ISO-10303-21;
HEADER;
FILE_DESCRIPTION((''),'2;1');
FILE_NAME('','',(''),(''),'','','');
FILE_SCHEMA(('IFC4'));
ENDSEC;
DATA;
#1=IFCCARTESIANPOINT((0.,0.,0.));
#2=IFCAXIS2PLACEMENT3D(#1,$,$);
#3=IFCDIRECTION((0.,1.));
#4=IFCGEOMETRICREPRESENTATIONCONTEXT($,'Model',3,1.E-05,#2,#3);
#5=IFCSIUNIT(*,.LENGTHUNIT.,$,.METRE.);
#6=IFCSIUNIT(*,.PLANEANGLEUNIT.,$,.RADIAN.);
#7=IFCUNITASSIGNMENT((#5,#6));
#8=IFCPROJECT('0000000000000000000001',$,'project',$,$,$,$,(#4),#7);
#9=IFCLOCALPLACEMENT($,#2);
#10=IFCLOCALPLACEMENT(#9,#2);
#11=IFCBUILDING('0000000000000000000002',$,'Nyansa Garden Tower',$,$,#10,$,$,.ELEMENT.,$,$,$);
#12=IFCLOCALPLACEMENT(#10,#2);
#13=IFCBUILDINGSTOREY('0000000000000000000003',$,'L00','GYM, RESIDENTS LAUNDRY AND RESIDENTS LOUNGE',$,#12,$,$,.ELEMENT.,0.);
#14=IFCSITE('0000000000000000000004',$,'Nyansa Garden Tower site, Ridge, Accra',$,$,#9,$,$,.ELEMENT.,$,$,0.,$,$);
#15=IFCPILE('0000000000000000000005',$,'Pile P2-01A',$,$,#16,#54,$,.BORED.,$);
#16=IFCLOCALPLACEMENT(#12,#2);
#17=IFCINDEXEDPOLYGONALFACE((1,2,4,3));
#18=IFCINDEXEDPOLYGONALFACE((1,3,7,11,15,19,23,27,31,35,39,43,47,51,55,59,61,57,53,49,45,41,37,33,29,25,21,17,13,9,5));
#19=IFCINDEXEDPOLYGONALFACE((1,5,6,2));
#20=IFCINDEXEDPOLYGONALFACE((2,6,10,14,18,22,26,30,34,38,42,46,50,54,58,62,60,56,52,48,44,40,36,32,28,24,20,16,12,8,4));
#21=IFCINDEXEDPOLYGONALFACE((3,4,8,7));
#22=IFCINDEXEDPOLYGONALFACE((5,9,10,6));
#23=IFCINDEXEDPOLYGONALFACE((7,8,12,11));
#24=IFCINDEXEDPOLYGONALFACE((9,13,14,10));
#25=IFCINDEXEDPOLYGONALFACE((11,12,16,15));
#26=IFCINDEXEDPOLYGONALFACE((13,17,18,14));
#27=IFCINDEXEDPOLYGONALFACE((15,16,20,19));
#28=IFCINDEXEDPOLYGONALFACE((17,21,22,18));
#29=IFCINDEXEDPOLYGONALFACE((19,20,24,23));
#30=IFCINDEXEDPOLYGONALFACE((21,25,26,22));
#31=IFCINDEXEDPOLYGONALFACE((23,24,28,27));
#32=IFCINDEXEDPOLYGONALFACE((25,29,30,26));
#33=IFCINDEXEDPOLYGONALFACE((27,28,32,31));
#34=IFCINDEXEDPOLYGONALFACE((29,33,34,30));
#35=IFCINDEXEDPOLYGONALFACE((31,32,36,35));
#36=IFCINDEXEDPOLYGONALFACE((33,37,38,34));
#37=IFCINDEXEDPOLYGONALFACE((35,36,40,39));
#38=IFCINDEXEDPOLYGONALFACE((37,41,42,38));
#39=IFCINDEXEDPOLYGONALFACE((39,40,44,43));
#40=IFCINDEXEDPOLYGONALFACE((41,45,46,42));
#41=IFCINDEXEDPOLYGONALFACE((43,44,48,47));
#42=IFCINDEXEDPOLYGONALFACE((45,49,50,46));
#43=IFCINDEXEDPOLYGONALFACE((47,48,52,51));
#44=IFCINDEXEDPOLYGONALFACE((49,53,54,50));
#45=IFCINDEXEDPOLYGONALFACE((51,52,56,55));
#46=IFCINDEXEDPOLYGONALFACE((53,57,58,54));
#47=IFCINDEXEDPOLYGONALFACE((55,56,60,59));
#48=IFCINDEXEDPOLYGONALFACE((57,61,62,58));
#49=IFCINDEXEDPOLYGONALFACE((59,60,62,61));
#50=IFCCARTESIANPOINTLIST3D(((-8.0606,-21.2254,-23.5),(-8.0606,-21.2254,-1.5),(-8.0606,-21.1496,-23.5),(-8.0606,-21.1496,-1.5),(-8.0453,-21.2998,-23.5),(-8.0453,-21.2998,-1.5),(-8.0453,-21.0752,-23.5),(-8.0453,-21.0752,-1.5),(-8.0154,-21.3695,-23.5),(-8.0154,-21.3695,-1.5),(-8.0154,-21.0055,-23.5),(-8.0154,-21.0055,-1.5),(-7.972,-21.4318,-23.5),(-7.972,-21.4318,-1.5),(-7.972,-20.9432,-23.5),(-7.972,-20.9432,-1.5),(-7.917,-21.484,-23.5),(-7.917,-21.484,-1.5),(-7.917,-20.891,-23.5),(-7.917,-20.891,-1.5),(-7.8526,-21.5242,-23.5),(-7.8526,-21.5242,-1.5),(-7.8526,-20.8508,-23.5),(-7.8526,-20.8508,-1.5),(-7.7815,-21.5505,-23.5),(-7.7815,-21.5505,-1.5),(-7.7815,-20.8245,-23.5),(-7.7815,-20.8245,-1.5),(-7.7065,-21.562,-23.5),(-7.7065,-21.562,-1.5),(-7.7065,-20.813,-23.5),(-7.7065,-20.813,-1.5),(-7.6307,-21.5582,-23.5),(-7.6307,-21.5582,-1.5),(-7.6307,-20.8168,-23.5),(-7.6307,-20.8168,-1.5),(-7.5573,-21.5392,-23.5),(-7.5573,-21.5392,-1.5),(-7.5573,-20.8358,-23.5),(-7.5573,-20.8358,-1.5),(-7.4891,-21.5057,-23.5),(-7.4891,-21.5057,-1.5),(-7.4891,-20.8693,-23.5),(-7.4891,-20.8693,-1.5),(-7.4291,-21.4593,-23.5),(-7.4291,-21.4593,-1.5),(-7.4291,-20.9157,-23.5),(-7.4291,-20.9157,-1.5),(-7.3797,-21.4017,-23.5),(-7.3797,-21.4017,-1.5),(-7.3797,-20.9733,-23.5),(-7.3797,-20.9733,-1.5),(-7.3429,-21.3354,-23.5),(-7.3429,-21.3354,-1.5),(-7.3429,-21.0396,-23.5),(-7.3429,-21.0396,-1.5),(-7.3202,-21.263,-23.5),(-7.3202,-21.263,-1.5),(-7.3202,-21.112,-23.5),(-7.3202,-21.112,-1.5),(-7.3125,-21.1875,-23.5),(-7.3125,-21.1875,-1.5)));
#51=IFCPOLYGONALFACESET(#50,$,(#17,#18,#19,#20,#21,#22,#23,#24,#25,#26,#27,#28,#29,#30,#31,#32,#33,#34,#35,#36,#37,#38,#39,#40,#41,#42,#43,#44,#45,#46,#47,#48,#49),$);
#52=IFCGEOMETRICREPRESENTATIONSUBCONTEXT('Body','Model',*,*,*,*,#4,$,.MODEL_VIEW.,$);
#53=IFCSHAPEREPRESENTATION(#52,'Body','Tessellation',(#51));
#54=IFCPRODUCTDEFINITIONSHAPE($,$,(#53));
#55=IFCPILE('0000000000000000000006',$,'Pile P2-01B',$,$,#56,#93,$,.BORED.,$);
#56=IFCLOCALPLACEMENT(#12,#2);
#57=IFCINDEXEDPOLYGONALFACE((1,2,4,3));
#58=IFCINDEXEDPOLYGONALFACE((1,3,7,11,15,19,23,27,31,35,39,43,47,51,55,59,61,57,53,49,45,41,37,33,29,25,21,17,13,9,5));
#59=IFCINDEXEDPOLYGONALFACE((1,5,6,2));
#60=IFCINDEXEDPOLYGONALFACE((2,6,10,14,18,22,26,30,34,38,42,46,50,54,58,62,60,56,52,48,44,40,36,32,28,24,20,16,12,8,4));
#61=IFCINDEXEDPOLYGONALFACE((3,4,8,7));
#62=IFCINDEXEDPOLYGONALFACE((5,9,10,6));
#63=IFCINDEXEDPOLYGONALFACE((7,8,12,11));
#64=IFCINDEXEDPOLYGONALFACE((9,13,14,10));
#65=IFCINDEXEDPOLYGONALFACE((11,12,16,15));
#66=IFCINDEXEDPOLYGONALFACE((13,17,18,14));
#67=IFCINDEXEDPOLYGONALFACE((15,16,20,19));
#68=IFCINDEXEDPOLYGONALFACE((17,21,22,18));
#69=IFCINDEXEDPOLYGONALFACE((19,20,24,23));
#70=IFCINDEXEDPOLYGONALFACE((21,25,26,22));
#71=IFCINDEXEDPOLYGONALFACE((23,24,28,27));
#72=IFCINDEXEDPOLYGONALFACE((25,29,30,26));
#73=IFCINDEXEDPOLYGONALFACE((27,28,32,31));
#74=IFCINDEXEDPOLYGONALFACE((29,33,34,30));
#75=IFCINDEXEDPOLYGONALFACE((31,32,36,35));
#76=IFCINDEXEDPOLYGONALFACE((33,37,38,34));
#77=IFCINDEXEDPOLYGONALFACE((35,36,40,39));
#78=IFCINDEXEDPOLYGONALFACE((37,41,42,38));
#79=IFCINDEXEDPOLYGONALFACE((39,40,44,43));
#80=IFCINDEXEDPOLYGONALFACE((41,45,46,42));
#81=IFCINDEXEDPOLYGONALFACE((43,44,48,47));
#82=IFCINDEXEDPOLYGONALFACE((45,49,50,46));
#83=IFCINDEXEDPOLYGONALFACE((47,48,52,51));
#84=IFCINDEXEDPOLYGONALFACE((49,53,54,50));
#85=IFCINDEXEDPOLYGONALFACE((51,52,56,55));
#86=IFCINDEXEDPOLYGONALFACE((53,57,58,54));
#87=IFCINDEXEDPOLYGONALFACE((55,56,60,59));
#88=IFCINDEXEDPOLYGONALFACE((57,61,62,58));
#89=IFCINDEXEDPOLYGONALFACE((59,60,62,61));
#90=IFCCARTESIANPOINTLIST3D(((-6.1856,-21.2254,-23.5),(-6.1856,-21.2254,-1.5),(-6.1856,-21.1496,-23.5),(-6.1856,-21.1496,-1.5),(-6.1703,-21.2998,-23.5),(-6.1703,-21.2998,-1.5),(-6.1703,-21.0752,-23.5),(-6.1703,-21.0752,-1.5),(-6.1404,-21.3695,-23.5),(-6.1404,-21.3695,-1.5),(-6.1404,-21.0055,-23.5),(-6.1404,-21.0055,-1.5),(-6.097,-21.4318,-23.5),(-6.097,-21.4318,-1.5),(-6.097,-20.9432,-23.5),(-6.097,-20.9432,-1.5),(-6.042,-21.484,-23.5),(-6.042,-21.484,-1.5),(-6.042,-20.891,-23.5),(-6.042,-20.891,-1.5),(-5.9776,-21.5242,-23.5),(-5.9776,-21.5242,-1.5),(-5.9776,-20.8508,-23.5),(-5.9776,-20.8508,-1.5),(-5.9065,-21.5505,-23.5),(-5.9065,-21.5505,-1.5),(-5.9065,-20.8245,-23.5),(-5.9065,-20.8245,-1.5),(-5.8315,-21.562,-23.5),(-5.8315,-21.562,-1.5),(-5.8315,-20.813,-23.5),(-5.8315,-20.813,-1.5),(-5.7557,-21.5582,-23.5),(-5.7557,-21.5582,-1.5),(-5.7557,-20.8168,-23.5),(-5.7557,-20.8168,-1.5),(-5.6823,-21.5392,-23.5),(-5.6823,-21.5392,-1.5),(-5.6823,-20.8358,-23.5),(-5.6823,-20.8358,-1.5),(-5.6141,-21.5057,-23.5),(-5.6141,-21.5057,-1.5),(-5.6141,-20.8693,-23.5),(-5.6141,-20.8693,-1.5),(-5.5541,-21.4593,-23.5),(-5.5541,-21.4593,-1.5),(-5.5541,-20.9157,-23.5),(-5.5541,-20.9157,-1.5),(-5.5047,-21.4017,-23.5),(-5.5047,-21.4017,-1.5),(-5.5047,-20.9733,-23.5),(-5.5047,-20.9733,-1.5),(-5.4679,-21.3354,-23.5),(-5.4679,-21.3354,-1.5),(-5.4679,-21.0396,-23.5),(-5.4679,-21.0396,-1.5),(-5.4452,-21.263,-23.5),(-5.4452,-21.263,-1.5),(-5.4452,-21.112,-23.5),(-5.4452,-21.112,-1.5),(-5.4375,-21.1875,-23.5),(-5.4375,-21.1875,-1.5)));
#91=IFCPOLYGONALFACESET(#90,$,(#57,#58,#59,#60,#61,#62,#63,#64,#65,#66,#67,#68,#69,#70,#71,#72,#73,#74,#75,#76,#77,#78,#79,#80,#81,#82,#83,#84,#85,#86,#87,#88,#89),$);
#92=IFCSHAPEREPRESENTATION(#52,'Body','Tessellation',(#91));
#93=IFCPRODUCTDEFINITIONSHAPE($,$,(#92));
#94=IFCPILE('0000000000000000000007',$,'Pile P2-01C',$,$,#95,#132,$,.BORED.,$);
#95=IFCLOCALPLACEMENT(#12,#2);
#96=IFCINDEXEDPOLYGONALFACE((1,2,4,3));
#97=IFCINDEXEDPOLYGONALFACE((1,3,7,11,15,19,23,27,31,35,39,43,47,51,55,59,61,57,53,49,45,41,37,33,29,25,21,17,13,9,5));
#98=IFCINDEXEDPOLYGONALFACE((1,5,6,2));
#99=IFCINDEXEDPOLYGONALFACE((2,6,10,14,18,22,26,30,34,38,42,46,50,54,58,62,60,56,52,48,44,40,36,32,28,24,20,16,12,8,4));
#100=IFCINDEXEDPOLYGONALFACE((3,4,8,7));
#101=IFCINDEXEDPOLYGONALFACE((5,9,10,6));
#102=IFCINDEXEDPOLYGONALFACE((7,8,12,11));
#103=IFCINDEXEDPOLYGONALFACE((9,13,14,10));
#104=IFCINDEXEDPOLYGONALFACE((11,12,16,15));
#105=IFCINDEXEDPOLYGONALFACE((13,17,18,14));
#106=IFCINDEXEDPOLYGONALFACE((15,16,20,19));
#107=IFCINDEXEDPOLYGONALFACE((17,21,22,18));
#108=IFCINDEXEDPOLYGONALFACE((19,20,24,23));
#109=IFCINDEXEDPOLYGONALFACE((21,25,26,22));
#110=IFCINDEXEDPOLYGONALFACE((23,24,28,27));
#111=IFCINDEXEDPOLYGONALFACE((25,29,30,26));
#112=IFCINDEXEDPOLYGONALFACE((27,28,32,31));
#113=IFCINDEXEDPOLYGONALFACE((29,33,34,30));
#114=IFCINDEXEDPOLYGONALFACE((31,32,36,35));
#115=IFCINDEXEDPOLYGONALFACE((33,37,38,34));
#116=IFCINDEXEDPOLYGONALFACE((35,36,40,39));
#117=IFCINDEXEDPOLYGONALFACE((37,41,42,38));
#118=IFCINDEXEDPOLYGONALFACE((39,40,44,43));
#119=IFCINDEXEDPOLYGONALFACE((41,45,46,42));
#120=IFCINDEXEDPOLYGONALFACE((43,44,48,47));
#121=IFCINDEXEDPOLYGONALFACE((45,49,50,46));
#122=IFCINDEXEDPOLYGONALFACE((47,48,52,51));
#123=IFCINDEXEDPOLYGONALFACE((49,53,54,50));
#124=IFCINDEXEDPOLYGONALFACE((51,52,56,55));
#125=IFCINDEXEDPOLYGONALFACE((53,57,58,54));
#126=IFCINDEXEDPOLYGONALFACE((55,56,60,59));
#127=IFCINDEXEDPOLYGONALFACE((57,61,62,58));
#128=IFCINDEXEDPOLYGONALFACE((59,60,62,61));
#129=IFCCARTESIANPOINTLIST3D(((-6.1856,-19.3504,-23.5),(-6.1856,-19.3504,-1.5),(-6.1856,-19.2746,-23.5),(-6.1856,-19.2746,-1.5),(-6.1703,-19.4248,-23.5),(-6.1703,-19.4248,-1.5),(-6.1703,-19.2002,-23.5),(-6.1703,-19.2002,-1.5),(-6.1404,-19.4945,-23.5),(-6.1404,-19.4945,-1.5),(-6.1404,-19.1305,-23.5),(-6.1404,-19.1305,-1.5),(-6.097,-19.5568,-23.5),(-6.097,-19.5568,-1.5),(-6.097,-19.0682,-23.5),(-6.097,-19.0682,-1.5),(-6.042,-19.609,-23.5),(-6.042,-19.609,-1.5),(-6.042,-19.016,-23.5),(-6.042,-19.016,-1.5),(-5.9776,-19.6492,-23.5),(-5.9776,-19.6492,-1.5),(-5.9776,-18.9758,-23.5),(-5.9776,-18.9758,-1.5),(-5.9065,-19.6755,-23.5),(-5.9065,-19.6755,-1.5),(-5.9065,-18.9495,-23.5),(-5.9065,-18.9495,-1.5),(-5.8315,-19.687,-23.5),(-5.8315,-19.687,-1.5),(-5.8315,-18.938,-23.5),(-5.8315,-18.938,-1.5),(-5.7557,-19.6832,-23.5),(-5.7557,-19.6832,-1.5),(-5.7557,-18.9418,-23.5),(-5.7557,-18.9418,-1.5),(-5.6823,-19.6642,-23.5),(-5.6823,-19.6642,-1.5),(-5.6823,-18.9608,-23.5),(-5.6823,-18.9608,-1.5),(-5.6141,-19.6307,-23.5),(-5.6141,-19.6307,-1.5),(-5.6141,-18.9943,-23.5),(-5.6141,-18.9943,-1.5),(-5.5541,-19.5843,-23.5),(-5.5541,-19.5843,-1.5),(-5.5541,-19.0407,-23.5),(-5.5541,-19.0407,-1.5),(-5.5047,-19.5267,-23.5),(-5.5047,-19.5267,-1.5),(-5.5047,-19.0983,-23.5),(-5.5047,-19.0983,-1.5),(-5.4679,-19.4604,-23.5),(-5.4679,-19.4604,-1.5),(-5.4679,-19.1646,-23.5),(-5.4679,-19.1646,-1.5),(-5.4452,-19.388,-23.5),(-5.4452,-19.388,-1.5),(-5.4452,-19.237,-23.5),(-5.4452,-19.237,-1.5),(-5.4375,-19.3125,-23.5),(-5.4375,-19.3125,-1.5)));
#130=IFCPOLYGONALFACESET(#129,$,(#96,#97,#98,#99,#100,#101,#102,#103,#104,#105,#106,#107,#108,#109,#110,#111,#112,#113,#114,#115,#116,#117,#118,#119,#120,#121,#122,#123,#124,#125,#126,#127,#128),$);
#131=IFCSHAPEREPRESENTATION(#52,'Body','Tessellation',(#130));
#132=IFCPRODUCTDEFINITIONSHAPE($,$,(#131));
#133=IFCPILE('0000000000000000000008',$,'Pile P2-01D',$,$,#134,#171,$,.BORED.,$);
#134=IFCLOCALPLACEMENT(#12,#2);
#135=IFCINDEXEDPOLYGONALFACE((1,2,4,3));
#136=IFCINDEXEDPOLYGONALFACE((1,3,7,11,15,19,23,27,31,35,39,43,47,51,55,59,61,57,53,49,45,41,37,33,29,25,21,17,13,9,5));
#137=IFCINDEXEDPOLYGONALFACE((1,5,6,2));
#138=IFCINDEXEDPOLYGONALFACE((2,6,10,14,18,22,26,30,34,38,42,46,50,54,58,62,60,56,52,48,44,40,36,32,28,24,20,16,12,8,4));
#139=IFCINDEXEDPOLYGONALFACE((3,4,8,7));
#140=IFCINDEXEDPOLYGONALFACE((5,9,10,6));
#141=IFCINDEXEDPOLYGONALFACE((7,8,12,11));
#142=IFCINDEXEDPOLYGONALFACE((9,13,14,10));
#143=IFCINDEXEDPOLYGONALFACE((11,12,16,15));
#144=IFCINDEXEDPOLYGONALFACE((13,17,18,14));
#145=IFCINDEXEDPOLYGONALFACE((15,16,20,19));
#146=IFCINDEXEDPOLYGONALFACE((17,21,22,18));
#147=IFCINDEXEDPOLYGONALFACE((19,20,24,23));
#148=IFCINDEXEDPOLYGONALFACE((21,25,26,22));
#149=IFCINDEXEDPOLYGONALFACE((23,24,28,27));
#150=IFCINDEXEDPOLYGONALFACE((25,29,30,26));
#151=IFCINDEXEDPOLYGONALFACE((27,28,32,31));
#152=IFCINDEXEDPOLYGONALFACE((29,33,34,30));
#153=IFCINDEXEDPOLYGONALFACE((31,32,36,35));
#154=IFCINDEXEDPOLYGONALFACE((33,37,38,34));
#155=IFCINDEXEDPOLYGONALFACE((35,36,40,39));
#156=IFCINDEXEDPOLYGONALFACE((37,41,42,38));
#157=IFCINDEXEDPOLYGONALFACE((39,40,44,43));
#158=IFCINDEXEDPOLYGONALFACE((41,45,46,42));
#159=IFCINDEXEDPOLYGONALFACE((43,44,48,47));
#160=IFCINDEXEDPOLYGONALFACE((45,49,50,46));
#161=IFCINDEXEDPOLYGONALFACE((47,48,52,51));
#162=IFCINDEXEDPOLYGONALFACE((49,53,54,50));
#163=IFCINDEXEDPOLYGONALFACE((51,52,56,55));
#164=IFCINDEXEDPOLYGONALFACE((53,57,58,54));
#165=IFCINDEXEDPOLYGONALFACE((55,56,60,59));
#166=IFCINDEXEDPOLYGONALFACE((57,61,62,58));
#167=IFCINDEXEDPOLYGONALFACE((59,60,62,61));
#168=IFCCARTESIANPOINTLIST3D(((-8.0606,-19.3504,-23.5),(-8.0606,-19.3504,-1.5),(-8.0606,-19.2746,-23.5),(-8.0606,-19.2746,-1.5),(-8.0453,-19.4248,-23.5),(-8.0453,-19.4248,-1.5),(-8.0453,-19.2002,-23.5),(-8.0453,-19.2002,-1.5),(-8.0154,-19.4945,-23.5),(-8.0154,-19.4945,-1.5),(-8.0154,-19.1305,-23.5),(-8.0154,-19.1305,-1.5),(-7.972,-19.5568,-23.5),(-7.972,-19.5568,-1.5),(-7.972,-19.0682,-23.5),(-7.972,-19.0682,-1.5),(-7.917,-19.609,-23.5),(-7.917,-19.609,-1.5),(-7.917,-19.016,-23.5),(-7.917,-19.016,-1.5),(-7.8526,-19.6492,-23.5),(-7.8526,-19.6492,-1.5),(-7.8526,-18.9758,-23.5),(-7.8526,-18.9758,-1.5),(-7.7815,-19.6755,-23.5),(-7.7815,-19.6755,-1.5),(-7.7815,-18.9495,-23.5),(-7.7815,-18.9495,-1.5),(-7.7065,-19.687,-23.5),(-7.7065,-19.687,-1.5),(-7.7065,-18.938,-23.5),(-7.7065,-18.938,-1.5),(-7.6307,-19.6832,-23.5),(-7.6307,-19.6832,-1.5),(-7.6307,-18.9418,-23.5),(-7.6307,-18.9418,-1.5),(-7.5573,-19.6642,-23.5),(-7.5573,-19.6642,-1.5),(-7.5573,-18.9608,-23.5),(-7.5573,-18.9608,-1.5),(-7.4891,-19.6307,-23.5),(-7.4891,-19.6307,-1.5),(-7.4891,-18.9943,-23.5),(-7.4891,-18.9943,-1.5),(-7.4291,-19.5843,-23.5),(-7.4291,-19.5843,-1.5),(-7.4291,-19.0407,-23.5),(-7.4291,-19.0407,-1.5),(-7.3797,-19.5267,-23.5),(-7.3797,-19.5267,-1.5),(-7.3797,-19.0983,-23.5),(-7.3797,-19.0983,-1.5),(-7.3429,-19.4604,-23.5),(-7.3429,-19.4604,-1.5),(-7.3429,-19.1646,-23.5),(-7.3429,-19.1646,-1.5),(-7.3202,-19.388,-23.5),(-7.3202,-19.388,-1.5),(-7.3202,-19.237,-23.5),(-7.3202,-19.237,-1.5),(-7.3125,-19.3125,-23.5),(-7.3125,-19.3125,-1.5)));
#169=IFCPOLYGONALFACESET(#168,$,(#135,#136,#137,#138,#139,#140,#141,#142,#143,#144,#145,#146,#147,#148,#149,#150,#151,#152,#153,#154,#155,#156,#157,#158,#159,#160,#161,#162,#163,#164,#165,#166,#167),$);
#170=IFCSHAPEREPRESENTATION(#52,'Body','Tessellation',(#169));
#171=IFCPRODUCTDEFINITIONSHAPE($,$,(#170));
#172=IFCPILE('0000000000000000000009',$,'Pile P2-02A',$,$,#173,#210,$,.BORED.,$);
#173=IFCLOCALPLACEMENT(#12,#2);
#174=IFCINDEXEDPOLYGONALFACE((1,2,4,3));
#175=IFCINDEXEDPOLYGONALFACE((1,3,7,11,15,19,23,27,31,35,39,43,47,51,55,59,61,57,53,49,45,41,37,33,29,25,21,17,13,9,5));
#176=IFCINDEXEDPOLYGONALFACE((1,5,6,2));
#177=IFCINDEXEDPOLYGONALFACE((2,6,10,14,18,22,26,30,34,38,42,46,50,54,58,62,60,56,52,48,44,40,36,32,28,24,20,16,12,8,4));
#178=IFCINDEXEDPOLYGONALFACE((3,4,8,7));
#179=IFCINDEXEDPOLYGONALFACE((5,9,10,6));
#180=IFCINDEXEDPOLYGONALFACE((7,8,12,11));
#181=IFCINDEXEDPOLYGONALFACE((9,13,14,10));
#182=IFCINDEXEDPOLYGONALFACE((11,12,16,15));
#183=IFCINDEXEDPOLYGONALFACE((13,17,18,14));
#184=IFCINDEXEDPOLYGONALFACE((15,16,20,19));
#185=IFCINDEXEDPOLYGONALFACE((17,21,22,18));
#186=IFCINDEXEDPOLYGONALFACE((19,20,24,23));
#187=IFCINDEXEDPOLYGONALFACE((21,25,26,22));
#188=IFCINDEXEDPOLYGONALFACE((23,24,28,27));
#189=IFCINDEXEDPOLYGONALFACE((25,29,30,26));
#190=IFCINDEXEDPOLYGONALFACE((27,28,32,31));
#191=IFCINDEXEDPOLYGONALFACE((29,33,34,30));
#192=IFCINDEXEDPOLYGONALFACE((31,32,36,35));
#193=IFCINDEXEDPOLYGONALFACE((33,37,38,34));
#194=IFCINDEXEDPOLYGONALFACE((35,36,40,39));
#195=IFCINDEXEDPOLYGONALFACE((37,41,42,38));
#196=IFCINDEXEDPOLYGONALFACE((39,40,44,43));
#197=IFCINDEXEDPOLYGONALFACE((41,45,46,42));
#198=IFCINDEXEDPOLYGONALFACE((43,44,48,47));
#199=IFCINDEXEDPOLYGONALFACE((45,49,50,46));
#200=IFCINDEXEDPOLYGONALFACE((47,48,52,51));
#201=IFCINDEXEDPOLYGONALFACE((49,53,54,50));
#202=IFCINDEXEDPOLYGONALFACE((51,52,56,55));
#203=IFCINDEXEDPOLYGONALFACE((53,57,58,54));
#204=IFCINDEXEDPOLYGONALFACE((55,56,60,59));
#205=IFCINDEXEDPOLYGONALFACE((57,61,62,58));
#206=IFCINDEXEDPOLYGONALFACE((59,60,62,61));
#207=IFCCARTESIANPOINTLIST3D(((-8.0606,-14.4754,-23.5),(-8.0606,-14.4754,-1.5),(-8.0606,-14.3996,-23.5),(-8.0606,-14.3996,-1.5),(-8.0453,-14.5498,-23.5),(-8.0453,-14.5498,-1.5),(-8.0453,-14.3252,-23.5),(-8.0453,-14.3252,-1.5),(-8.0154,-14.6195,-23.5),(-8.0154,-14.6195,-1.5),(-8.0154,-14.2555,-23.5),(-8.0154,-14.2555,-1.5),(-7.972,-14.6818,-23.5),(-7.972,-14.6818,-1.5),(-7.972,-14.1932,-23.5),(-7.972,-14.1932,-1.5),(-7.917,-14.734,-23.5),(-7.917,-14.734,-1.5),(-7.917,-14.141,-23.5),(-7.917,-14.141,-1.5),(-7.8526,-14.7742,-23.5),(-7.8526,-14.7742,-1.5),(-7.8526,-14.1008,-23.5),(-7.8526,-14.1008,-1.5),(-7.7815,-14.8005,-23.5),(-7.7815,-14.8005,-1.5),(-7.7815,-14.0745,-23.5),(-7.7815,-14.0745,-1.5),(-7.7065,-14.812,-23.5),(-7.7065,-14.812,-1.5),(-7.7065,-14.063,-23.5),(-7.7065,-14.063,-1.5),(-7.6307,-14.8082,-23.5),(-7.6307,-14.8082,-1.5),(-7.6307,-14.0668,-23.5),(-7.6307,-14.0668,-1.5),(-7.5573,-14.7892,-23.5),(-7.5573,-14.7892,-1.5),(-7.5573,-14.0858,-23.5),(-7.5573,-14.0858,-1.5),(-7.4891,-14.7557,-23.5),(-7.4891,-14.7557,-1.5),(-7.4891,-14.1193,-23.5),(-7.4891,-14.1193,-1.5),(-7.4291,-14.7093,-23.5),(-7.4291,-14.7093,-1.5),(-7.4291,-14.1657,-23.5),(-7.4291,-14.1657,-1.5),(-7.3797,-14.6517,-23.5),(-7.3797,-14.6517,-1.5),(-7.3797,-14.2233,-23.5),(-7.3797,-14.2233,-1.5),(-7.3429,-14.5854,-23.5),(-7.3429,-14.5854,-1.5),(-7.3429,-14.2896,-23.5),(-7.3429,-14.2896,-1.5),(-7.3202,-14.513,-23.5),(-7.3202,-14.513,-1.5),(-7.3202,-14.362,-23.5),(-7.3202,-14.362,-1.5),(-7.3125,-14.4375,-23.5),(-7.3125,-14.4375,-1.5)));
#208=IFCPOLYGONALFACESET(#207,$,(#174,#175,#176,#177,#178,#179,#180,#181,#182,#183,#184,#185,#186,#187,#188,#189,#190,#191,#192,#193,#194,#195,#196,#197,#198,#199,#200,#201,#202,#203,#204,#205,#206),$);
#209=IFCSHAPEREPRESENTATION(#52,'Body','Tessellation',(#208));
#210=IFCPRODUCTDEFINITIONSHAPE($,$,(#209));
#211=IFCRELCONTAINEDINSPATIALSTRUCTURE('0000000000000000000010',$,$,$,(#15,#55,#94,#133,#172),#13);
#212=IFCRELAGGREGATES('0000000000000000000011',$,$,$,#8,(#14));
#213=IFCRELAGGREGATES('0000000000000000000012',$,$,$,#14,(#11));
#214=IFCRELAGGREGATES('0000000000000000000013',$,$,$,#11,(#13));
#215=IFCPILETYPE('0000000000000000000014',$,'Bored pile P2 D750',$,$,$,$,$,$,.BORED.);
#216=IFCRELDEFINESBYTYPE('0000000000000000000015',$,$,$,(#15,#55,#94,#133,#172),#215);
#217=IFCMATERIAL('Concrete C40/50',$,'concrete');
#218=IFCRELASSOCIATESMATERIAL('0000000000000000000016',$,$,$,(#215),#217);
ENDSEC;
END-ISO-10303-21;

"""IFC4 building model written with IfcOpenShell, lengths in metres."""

from ifc_helpers import new_model, si_unit, direction, frame, origin, origin_2d, place, context, subcontext, project, spatial, circle, extrude, material, type_object, element, save


model = new_model("IFC4")

# Units and contexts
model_context = context("Model", 3, precision=1e-05, world=origin(), true_north=direction((0.0, 1.0)))
body_context = subcontext(model_context, "Body", "Model", "MODEL_VIEW")
ifc_project = project(units=[si_unit("LENGTHUNIT", "METRE"), si_unit("PLANEANGLEUNIT", "RADIAN")], contexts=[model_context])

# Site, building, storey
site_placement = place(None, origin())
site = spatial("IfcSite", under=ifc_project, at=site_placement, Name="Nyansa Garden Tower site, Ridge, Accra", CompositionType="ELEMENT", RefElevation=0.0)
building_placement = place(site_placement, origin())
building = spatial("IfcBuilding", under=site, at=building_placement, Name="Nyansa Garden Tower", CompositionType="ELEMENT")
storey_placement = place(building_placement, origin())
storey = spatial("IfcBuildingStorey", under=building, at=storey_placement, Name="L00", Description="GYM, RESIDENTS LAUNDRY AND RESIDENTS LOUNGE", CompositionType="ELEMENT", Elevation=0.0)

# Piles
ifc_material_1 = material(Name="Concrete C40/50", Category="concrete")
pile_type = type_object("IfcPileType", Name="Bored pile P2 D750", PredefinedType="BORED", material=ifc_material_1)
for number, where, z_axis, x_axis, name in (
    (1, (-7.6875, -21.1875, -1.5), (0.0, 0.0, -1.0), (1.0, 0.0, 0.0), "Pile P2-01A"),
    (2, (-5.8125, -21.1875, -1.5), (0.0, 0.0, -1.0), (1.0, 0.0, 0.0), "Pile P2-01B"),
    (3, (-5.8125, -19.3125, -1.5), (0.0, 0.0, -1.0), (1.0, 0.0, 0.0), "Pile P2-01C"),
    (4, (-7.6875, -19.3125, -1.5), (0.0, 0.0, -1.0), (1.0, 0.0, 0.0), "Pile P2-01D"),
    (5, (-7.6875, -14.4375, -1.5), (0.0, 0.0, -1.0), (1.0, 0.0, 0.0), "Pile P2-02A"),
):
    element("IfcPile", number, at=place(storey_placement, frame(where, z_axis=z_axis, x_axis=x_axis)), inside=storey, type_object=pile_type, Name=name, PredefinedType="BORED", context=body_context, shape_type="SweptSolid", body=[
        extrude(circle(Radius=0.375, at=origin_2d()), origin(), (0.0, 0.0, 1.0), 22.0),
    ])

save(model, "model.ifc")
